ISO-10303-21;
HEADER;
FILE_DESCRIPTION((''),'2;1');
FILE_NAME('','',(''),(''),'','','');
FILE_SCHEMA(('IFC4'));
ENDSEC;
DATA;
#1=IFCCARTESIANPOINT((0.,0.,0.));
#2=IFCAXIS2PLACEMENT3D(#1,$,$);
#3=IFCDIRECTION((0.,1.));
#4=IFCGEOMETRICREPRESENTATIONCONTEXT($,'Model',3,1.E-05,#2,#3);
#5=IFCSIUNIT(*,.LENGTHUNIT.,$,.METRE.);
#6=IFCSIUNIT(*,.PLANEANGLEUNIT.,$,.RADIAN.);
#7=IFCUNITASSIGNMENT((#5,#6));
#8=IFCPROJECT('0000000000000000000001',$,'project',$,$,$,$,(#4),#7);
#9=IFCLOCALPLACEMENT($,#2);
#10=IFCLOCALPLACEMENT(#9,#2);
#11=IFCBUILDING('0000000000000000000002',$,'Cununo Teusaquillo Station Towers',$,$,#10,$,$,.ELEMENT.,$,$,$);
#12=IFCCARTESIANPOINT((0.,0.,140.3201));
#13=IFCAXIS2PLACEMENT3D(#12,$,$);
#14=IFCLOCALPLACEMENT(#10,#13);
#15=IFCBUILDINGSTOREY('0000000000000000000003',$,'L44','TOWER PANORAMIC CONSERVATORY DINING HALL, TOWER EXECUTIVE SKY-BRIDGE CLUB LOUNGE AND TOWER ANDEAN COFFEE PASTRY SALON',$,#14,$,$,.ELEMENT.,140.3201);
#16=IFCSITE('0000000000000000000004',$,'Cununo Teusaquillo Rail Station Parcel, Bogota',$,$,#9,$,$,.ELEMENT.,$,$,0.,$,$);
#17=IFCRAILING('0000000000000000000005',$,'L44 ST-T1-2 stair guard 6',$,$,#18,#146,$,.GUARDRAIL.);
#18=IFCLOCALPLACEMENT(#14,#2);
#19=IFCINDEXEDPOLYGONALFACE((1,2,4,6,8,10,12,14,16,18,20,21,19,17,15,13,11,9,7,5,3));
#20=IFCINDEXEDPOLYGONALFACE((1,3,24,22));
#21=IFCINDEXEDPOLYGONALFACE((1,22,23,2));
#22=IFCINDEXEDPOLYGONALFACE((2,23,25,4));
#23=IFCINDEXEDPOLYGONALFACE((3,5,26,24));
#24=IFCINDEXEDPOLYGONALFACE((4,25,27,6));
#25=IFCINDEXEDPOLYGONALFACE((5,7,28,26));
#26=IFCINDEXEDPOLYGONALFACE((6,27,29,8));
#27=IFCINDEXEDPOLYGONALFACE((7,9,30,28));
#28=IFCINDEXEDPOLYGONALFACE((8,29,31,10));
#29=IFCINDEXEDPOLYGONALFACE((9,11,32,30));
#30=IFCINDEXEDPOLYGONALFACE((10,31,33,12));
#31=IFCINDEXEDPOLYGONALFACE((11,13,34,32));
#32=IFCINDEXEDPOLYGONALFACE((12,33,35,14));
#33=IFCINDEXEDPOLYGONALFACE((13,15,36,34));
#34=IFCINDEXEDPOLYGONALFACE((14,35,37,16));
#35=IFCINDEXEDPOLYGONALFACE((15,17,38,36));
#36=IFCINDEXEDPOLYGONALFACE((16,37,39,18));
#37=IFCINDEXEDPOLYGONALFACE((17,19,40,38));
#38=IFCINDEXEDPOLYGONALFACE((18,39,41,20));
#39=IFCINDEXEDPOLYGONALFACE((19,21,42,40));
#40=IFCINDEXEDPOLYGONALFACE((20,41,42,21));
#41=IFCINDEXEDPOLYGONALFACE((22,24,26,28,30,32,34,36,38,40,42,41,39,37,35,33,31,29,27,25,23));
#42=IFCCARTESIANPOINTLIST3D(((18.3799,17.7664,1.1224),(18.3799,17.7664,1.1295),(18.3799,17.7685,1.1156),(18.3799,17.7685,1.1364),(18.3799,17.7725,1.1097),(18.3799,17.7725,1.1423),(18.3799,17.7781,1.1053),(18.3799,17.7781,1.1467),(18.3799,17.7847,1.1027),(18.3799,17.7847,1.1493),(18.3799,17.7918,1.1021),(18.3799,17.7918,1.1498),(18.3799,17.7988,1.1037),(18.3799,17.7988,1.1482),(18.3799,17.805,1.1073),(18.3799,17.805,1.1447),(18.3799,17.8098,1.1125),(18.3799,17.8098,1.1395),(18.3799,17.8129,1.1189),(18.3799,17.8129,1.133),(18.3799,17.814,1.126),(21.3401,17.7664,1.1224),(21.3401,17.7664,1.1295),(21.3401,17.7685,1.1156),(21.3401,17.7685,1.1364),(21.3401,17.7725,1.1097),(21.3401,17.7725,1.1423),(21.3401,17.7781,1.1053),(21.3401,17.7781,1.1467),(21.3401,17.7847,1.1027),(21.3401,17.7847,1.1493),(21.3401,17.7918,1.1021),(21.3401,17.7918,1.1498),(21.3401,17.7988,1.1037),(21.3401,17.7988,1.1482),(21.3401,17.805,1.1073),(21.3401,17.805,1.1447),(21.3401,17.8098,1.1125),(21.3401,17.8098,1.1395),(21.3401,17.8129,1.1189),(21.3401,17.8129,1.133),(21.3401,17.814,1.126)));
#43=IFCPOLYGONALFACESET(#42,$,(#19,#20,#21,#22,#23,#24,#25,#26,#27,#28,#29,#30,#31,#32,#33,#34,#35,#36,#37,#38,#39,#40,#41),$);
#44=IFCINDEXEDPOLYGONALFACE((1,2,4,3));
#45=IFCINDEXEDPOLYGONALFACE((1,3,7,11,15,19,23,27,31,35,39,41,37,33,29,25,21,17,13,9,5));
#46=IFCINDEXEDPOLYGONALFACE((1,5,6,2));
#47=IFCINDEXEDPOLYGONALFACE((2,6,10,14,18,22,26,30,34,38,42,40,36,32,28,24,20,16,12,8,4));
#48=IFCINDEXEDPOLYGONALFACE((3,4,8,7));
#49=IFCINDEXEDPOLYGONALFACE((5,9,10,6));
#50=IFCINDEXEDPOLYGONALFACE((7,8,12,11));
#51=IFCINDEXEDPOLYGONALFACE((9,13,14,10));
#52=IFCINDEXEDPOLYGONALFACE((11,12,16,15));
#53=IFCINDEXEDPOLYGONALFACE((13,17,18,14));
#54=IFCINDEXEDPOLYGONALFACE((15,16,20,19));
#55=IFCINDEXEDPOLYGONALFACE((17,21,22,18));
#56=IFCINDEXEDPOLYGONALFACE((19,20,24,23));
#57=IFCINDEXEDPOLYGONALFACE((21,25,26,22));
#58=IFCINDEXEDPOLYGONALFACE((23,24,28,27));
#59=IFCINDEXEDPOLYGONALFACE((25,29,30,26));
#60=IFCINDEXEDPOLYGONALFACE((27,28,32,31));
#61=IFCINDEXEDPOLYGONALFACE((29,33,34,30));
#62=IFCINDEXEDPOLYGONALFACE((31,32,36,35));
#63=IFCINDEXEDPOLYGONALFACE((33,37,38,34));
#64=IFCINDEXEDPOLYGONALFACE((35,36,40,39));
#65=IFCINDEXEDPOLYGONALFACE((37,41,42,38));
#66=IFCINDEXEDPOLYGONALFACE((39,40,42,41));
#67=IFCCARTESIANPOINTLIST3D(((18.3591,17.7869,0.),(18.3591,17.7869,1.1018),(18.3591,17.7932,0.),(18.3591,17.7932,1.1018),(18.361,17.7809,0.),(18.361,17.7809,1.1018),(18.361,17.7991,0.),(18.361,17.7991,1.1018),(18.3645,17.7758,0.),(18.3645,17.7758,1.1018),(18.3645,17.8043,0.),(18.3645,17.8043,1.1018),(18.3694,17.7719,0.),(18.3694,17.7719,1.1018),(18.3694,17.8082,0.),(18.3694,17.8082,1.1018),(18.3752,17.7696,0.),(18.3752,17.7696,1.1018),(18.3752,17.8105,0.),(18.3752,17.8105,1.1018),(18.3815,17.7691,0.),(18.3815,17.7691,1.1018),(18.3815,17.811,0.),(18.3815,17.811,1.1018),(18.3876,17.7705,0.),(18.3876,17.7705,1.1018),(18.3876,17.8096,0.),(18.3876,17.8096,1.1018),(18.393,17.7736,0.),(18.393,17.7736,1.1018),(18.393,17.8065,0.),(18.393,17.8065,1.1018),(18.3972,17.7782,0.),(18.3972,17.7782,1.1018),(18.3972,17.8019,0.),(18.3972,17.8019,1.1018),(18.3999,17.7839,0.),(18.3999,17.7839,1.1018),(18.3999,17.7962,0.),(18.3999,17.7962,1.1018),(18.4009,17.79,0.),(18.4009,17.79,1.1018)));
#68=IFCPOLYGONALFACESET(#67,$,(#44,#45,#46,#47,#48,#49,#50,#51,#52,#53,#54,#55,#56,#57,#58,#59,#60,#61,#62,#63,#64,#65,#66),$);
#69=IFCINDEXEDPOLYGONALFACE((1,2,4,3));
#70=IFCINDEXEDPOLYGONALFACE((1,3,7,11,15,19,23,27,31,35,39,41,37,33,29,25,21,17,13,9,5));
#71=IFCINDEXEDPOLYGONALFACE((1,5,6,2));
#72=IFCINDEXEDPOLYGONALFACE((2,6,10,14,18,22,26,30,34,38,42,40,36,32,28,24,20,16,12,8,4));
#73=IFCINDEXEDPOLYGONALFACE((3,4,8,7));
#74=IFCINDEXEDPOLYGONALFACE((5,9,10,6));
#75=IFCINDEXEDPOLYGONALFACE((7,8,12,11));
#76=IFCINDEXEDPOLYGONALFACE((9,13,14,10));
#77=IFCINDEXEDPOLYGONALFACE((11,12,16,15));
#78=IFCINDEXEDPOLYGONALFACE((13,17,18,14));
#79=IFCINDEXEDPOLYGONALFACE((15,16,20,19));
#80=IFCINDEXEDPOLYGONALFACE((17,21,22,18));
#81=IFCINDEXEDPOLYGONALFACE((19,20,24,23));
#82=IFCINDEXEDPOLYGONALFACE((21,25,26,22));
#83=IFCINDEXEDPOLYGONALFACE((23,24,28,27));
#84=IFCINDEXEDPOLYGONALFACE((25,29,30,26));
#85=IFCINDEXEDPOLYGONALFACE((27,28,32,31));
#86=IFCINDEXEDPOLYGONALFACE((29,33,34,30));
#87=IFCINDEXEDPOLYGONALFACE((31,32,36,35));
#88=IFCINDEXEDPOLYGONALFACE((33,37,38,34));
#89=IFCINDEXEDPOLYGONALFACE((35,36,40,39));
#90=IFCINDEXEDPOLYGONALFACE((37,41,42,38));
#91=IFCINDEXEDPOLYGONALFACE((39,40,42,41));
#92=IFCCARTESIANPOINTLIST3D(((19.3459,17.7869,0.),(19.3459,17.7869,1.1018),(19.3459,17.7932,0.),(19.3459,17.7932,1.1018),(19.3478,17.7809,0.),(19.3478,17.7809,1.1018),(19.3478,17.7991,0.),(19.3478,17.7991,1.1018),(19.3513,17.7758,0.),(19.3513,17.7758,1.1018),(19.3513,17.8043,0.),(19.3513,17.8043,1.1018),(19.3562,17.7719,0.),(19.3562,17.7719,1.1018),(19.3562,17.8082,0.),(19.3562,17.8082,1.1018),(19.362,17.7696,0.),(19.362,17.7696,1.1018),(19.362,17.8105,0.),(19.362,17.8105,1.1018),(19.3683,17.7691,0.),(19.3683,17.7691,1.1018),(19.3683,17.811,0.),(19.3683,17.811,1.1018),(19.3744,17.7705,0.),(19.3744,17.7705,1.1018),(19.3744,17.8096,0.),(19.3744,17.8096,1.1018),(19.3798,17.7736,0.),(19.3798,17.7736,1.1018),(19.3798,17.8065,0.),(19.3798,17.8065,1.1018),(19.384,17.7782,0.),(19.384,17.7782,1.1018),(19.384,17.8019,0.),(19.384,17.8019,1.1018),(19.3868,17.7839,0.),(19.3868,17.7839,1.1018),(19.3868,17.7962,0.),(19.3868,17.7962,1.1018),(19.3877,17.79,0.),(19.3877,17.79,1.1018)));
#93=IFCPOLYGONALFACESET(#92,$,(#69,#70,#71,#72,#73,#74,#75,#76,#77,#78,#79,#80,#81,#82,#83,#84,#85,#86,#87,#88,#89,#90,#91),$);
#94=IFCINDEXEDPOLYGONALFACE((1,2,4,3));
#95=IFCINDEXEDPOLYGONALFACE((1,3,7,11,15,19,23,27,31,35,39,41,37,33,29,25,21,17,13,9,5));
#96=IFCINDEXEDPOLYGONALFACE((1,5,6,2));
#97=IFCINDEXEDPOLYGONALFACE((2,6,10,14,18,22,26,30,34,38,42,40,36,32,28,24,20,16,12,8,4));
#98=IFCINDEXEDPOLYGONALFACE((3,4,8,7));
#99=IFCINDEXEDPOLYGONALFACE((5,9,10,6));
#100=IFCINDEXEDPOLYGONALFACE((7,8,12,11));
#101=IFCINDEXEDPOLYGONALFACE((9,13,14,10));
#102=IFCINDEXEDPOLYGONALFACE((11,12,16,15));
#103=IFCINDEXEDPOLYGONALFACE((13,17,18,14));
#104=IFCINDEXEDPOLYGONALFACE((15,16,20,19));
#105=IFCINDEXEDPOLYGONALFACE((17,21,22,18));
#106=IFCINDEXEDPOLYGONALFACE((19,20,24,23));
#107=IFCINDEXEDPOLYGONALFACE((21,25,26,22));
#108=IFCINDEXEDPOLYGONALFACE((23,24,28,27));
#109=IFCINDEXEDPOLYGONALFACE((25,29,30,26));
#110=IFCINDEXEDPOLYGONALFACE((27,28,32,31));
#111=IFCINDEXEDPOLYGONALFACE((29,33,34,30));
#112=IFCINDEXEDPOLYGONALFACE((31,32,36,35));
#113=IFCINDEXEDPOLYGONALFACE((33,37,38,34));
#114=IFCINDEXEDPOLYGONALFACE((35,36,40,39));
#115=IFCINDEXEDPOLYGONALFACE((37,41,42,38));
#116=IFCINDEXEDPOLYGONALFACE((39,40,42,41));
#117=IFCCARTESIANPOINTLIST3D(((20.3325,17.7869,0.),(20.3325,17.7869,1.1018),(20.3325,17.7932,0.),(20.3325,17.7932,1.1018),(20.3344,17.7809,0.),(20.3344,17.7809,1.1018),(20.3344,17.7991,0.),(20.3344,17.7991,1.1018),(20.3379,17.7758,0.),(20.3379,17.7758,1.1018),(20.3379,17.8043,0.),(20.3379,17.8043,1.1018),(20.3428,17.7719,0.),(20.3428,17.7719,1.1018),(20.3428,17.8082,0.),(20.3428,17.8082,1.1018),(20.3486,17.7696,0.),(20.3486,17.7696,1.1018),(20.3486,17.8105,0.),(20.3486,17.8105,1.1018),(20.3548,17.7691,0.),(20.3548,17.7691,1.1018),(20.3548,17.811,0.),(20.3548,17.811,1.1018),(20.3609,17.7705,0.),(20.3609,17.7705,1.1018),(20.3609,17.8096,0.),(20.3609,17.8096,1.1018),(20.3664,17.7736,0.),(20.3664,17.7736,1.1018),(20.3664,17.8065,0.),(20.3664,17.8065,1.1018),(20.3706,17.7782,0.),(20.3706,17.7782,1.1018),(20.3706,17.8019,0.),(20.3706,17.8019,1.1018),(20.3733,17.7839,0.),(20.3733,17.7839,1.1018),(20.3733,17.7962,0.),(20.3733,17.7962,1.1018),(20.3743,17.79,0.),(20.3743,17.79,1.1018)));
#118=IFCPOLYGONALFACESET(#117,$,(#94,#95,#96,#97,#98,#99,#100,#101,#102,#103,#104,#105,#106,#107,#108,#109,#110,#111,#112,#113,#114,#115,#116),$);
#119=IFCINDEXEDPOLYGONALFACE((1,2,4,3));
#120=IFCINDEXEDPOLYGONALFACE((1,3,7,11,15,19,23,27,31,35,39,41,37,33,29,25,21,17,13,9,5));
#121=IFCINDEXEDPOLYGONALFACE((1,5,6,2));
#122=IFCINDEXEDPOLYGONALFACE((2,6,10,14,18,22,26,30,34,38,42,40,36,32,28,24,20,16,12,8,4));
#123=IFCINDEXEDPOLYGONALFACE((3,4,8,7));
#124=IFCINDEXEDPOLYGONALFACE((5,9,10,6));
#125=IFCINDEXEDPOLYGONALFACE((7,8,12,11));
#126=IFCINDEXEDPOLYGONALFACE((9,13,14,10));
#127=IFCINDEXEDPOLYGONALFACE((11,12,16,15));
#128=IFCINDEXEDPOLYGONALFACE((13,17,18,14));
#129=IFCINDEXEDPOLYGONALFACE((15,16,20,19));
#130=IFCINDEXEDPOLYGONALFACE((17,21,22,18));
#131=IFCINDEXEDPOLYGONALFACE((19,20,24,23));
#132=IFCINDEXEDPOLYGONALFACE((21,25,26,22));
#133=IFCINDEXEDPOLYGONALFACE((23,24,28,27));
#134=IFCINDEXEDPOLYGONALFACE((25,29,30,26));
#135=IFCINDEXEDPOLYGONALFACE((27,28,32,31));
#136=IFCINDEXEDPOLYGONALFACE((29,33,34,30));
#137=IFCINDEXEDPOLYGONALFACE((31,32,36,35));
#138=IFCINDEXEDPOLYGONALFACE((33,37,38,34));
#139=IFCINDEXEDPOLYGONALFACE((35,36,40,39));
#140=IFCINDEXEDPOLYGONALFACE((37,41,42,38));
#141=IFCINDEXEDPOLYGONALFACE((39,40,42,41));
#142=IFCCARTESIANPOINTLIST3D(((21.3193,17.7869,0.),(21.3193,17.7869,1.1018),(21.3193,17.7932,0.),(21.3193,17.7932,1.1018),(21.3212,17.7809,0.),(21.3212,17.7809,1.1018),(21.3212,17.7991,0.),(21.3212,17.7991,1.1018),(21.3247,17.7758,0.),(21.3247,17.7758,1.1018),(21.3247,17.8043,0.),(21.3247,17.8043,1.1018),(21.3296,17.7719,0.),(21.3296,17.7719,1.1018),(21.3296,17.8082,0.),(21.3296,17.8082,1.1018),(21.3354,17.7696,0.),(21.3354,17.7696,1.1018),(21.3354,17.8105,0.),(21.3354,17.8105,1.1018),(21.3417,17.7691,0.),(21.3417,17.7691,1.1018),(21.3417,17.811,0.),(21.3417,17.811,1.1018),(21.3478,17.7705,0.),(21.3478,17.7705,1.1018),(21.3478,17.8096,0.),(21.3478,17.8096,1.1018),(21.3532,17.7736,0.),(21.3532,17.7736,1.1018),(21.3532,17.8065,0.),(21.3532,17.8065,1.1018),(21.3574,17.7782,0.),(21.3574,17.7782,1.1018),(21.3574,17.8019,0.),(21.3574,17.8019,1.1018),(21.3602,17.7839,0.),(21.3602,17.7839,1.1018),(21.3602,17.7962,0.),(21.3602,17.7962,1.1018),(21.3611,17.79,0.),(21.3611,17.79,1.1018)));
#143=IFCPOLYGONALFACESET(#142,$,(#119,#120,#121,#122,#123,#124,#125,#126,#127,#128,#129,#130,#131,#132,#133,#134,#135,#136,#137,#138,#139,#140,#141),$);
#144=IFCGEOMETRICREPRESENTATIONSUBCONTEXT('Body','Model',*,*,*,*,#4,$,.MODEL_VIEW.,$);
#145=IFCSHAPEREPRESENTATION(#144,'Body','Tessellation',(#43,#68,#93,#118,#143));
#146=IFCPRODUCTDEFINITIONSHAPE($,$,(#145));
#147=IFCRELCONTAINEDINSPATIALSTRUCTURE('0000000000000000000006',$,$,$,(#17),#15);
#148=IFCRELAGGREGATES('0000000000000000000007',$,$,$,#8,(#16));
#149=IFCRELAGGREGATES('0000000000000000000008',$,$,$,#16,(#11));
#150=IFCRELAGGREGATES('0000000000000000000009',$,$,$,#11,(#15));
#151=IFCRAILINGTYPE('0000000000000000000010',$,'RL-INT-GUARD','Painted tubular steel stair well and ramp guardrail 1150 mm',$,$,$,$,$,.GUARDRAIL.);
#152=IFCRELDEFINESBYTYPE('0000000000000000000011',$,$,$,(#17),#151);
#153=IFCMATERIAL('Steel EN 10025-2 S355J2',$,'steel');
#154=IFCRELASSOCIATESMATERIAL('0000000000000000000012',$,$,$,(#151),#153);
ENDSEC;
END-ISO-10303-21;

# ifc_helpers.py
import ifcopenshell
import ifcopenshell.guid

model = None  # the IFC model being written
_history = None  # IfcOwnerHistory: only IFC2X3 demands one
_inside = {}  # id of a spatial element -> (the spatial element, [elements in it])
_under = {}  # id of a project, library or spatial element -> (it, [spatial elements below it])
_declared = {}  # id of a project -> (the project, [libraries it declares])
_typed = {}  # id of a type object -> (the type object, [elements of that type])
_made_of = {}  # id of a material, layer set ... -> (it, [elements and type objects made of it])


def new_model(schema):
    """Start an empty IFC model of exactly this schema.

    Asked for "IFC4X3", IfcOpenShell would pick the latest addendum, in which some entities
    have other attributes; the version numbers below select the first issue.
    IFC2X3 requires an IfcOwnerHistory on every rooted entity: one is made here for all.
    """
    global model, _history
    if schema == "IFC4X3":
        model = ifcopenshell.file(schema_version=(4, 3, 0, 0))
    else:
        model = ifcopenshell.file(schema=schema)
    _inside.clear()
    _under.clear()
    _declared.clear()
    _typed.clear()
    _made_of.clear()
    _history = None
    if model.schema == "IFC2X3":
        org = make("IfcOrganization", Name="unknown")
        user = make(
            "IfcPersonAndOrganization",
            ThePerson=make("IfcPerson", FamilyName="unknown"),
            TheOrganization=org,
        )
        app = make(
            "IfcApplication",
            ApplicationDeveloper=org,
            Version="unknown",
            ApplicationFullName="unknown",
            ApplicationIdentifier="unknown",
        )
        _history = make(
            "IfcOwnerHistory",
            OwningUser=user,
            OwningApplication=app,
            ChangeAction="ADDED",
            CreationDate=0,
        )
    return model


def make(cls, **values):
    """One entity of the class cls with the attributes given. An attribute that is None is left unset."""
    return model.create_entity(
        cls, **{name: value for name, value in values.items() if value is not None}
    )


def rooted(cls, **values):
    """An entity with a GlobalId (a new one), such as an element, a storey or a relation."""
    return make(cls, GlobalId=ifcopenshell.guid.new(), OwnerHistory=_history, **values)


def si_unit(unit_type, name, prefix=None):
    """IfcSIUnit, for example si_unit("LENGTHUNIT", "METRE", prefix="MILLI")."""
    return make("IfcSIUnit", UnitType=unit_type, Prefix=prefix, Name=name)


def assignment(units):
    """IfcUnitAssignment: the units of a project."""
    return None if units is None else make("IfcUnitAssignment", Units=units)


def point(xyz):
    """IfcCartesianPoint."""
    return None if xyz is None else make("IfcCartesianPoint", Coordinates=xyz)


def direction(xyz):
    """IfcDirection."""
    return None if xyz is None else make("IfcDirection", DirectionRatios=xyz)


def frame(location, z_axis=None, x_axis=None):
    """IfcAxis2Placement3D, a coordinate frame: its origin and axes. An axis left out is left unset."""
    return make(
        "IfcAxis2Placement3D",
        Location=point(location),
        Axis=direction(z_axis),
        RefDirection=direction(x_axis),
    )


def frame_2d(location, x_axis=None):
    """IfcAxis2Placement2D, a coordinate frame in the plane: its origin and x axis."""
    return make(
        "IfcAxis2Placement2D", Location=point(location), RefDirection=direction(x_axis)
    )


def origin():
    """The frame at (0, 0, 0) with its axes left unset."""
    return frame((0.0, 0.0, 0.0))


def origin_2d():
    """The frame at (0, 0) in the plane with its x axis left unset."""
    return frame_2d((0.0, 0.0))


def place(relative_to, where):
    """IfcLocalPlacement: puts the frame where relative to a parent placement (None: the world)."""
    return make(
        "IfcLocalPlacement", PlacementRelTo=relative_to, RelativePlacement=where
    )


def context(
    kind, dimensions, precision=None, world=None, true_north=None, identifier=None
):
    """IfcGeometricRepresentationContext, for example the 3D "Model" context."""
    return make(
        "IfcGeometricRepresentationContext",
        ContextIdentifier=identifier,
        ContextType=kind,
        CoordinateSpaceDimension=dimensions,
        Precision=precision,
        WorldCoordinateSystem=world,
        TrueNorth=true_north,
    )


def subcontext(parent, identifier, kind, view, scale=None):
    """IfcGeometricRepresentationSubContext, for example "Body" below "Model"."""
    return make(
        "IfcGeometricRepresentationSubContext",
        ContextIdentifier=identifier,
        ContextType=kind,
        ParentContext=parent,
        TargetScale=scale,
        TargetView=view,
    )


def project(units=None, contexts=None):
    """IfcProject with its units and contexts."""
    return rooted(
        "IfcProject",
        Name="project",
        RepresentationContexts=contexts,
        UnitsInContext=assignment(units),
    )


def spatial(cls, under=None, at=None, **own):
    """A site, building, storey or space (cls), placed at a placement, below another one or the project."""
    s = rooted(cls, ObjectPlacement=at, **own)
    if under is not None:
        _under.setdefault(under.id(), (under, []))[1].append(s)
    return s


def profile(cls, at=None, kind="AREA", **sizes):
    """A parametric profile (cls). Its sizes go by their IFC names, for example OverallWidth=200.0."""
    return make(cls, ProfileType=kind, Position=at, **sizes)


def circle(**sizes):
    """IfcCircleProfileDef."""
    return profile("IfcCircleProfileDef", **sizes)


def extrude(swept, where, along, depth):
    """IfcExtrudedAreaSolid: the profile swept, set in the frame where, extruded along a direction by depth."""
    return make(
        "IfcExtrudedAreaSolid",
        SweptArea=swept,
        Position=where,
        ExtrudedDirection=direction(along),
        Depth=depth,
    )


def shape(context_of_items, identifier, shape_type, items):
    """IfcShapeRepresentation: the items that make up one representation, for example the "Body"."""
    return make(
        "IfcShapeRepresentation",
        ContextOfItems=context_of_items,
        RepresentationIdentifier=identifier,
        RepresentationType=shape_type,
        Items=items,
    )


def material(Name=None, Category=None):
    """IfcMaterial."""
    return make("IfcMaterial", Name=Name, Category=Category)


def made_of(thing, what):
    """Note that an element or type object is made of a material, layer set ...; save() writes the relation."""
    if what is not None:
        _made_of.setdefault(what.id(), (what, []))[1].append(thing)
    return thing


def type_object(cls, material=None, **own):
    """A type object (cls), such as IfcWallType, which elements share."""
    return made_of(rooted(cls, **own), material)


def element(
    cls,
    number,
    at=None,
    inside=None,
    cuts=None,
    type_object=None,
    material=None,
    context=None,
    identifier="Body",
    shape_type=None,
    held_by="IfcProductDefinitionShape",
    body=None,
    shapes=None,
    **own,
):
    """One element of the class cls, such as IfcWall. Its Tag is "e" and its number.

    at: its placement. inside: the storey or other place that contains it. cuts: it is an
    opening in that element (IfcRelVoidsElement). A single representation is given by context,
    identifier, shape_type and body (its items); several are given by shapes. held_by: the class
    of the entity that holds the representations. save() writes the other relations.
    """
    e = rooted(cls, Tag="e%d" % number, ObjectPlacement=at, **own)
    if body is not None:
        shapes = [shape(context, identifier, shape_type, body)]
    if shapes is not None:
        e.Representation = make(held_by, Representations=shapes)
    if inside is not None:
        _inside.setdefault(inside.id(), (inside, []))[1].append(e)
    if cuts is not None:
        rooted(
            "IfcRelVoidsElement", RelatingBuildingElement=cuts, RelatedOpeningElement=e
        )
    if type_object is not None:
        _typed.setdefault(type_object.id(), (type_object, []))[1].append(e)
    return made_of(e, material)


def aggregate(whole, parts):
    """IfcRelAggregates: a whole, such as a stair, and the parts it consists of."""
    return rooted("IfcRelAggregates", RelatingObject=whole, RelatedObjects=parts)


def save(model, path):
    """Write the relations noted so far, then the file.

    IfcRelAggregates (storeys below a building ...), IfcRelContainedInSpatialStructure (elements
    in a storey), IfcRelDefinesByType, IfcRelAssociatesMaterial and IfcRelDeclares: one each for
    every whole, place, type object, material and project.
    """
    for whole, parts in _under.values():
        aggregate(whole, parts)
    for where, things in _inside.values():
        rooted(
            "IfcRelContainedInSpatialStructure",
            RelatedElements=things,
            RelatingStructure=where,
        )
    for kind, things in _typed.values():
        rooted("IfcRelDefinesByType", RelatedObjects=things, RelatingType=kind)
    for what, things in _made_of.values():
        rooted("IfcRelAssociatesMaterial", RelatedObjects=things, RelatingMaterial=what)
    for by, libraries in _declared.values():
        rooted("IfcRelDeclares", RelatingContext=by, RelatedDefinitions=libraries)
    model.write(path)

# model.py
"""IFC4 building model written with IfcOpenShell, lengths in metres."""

from ifc_helpers import new_model, si_unit, direction, frame, origin, origin_2d, place, context, subcontext, project, spatial, circle, extrude, material, type_object, element, save


model = new_model("IFC4")

# Units and contexts
model_context = context("Model", 3, precision=1e-05, world=origin(), true_north=direction((0.0, 1.0)))
body_context = subcontext(model_context, "Body", "Model", "MODEL_VIEW")
ifc_project = project(units=[si_unit("LENGTHUNIT", "METRE"), si_unit("PLANEANGLEUNIT", "RADIAN")], contexts=[model_context])

# Site, building, storey
site_placement = place(None, origin())
site = spatial("IfcSite", under=ifc_project, at=site_placement, Name="Cununo Teusaquillo Rail Station Parcel, Bogota", CompositionType="ELEMENT", RefElevation=0.0)
building_placement = place(site_placement, origin())
building = spatial("IfcBuilding", under=site, at=building_placement, Name="Cununo Teusaquillo Station Towers", CompositionType="ELEMENT")
storey_placement = place(building_placement, frame((0.0, 0.0, 140.3201)))
storey = spatial("IfcBuildingStorey", under=building, at=storey_placement, Name="L44", Description="TOWER PANORAMIC CONSERVATORY DINING HALL, TOWER EXECUTIVE SKY-BRIDGE CLUB LOUNGE AND TOWER ANDEAN COFFEE PASTRY SALON", CompositionType="ELEMENT", Elevation=140.3201)

# Railing
ifc_material_1 = material(Name="Steel EN 10025-2 S355J2", Category="steel")
railing_type_1 = type_object("IfcRailingType", Name="RL-INT-GUARD", Description="Painted tubular steel stair well and ramp guardrail 1150 mm", PredefinedType="GUARDRAIL", material=ifc_material_1)
railing_1_placement = place(storey_placement, frame((18.3799, 17.79, 0.0)))
element("IfcRailing", 1, at=railing_1_placement, inside=storey, type_object=railing_type_1, Name="L44 ST-T1-2 stair guard 6", PredefinedType="GUARDRAIL", context=body_context, shape_type="SweptSolid", body=[
    extrude(circle(Radius=0.0239, at=origin_2d()), frame((0.0, 0.0, 1.126), z_axis=(1.0, 0.0, 0.0), x_axis=(0.0, 1.0, 0.0)), (0.0, 0.0, 1.0), 2.9602),
    extrude(circle(Radius=0.021, at=origin_2d()), origin(), (0.0, 0.0, 1.0), 1.1018),
    extrude(circle(Radius=0.021, at=origin_2d()), frame((0.9868, 0.0, 0.0)), (0.0, 0.0, 1.0), 1.1018),
    extrude(circle(Radius=0.021, at=origin_2d()), frame((1.9734, 0.0, 0.0)), (0.0, 0.0, 1.0), 1.1018),
    extrude(circle(Radius=0.021, at=origin_2d()), frame((2.9602, 0.0, 0.0)), (0.0, 0.0, 1.0), 1.1018),
])

save(model, "model.ifc")
